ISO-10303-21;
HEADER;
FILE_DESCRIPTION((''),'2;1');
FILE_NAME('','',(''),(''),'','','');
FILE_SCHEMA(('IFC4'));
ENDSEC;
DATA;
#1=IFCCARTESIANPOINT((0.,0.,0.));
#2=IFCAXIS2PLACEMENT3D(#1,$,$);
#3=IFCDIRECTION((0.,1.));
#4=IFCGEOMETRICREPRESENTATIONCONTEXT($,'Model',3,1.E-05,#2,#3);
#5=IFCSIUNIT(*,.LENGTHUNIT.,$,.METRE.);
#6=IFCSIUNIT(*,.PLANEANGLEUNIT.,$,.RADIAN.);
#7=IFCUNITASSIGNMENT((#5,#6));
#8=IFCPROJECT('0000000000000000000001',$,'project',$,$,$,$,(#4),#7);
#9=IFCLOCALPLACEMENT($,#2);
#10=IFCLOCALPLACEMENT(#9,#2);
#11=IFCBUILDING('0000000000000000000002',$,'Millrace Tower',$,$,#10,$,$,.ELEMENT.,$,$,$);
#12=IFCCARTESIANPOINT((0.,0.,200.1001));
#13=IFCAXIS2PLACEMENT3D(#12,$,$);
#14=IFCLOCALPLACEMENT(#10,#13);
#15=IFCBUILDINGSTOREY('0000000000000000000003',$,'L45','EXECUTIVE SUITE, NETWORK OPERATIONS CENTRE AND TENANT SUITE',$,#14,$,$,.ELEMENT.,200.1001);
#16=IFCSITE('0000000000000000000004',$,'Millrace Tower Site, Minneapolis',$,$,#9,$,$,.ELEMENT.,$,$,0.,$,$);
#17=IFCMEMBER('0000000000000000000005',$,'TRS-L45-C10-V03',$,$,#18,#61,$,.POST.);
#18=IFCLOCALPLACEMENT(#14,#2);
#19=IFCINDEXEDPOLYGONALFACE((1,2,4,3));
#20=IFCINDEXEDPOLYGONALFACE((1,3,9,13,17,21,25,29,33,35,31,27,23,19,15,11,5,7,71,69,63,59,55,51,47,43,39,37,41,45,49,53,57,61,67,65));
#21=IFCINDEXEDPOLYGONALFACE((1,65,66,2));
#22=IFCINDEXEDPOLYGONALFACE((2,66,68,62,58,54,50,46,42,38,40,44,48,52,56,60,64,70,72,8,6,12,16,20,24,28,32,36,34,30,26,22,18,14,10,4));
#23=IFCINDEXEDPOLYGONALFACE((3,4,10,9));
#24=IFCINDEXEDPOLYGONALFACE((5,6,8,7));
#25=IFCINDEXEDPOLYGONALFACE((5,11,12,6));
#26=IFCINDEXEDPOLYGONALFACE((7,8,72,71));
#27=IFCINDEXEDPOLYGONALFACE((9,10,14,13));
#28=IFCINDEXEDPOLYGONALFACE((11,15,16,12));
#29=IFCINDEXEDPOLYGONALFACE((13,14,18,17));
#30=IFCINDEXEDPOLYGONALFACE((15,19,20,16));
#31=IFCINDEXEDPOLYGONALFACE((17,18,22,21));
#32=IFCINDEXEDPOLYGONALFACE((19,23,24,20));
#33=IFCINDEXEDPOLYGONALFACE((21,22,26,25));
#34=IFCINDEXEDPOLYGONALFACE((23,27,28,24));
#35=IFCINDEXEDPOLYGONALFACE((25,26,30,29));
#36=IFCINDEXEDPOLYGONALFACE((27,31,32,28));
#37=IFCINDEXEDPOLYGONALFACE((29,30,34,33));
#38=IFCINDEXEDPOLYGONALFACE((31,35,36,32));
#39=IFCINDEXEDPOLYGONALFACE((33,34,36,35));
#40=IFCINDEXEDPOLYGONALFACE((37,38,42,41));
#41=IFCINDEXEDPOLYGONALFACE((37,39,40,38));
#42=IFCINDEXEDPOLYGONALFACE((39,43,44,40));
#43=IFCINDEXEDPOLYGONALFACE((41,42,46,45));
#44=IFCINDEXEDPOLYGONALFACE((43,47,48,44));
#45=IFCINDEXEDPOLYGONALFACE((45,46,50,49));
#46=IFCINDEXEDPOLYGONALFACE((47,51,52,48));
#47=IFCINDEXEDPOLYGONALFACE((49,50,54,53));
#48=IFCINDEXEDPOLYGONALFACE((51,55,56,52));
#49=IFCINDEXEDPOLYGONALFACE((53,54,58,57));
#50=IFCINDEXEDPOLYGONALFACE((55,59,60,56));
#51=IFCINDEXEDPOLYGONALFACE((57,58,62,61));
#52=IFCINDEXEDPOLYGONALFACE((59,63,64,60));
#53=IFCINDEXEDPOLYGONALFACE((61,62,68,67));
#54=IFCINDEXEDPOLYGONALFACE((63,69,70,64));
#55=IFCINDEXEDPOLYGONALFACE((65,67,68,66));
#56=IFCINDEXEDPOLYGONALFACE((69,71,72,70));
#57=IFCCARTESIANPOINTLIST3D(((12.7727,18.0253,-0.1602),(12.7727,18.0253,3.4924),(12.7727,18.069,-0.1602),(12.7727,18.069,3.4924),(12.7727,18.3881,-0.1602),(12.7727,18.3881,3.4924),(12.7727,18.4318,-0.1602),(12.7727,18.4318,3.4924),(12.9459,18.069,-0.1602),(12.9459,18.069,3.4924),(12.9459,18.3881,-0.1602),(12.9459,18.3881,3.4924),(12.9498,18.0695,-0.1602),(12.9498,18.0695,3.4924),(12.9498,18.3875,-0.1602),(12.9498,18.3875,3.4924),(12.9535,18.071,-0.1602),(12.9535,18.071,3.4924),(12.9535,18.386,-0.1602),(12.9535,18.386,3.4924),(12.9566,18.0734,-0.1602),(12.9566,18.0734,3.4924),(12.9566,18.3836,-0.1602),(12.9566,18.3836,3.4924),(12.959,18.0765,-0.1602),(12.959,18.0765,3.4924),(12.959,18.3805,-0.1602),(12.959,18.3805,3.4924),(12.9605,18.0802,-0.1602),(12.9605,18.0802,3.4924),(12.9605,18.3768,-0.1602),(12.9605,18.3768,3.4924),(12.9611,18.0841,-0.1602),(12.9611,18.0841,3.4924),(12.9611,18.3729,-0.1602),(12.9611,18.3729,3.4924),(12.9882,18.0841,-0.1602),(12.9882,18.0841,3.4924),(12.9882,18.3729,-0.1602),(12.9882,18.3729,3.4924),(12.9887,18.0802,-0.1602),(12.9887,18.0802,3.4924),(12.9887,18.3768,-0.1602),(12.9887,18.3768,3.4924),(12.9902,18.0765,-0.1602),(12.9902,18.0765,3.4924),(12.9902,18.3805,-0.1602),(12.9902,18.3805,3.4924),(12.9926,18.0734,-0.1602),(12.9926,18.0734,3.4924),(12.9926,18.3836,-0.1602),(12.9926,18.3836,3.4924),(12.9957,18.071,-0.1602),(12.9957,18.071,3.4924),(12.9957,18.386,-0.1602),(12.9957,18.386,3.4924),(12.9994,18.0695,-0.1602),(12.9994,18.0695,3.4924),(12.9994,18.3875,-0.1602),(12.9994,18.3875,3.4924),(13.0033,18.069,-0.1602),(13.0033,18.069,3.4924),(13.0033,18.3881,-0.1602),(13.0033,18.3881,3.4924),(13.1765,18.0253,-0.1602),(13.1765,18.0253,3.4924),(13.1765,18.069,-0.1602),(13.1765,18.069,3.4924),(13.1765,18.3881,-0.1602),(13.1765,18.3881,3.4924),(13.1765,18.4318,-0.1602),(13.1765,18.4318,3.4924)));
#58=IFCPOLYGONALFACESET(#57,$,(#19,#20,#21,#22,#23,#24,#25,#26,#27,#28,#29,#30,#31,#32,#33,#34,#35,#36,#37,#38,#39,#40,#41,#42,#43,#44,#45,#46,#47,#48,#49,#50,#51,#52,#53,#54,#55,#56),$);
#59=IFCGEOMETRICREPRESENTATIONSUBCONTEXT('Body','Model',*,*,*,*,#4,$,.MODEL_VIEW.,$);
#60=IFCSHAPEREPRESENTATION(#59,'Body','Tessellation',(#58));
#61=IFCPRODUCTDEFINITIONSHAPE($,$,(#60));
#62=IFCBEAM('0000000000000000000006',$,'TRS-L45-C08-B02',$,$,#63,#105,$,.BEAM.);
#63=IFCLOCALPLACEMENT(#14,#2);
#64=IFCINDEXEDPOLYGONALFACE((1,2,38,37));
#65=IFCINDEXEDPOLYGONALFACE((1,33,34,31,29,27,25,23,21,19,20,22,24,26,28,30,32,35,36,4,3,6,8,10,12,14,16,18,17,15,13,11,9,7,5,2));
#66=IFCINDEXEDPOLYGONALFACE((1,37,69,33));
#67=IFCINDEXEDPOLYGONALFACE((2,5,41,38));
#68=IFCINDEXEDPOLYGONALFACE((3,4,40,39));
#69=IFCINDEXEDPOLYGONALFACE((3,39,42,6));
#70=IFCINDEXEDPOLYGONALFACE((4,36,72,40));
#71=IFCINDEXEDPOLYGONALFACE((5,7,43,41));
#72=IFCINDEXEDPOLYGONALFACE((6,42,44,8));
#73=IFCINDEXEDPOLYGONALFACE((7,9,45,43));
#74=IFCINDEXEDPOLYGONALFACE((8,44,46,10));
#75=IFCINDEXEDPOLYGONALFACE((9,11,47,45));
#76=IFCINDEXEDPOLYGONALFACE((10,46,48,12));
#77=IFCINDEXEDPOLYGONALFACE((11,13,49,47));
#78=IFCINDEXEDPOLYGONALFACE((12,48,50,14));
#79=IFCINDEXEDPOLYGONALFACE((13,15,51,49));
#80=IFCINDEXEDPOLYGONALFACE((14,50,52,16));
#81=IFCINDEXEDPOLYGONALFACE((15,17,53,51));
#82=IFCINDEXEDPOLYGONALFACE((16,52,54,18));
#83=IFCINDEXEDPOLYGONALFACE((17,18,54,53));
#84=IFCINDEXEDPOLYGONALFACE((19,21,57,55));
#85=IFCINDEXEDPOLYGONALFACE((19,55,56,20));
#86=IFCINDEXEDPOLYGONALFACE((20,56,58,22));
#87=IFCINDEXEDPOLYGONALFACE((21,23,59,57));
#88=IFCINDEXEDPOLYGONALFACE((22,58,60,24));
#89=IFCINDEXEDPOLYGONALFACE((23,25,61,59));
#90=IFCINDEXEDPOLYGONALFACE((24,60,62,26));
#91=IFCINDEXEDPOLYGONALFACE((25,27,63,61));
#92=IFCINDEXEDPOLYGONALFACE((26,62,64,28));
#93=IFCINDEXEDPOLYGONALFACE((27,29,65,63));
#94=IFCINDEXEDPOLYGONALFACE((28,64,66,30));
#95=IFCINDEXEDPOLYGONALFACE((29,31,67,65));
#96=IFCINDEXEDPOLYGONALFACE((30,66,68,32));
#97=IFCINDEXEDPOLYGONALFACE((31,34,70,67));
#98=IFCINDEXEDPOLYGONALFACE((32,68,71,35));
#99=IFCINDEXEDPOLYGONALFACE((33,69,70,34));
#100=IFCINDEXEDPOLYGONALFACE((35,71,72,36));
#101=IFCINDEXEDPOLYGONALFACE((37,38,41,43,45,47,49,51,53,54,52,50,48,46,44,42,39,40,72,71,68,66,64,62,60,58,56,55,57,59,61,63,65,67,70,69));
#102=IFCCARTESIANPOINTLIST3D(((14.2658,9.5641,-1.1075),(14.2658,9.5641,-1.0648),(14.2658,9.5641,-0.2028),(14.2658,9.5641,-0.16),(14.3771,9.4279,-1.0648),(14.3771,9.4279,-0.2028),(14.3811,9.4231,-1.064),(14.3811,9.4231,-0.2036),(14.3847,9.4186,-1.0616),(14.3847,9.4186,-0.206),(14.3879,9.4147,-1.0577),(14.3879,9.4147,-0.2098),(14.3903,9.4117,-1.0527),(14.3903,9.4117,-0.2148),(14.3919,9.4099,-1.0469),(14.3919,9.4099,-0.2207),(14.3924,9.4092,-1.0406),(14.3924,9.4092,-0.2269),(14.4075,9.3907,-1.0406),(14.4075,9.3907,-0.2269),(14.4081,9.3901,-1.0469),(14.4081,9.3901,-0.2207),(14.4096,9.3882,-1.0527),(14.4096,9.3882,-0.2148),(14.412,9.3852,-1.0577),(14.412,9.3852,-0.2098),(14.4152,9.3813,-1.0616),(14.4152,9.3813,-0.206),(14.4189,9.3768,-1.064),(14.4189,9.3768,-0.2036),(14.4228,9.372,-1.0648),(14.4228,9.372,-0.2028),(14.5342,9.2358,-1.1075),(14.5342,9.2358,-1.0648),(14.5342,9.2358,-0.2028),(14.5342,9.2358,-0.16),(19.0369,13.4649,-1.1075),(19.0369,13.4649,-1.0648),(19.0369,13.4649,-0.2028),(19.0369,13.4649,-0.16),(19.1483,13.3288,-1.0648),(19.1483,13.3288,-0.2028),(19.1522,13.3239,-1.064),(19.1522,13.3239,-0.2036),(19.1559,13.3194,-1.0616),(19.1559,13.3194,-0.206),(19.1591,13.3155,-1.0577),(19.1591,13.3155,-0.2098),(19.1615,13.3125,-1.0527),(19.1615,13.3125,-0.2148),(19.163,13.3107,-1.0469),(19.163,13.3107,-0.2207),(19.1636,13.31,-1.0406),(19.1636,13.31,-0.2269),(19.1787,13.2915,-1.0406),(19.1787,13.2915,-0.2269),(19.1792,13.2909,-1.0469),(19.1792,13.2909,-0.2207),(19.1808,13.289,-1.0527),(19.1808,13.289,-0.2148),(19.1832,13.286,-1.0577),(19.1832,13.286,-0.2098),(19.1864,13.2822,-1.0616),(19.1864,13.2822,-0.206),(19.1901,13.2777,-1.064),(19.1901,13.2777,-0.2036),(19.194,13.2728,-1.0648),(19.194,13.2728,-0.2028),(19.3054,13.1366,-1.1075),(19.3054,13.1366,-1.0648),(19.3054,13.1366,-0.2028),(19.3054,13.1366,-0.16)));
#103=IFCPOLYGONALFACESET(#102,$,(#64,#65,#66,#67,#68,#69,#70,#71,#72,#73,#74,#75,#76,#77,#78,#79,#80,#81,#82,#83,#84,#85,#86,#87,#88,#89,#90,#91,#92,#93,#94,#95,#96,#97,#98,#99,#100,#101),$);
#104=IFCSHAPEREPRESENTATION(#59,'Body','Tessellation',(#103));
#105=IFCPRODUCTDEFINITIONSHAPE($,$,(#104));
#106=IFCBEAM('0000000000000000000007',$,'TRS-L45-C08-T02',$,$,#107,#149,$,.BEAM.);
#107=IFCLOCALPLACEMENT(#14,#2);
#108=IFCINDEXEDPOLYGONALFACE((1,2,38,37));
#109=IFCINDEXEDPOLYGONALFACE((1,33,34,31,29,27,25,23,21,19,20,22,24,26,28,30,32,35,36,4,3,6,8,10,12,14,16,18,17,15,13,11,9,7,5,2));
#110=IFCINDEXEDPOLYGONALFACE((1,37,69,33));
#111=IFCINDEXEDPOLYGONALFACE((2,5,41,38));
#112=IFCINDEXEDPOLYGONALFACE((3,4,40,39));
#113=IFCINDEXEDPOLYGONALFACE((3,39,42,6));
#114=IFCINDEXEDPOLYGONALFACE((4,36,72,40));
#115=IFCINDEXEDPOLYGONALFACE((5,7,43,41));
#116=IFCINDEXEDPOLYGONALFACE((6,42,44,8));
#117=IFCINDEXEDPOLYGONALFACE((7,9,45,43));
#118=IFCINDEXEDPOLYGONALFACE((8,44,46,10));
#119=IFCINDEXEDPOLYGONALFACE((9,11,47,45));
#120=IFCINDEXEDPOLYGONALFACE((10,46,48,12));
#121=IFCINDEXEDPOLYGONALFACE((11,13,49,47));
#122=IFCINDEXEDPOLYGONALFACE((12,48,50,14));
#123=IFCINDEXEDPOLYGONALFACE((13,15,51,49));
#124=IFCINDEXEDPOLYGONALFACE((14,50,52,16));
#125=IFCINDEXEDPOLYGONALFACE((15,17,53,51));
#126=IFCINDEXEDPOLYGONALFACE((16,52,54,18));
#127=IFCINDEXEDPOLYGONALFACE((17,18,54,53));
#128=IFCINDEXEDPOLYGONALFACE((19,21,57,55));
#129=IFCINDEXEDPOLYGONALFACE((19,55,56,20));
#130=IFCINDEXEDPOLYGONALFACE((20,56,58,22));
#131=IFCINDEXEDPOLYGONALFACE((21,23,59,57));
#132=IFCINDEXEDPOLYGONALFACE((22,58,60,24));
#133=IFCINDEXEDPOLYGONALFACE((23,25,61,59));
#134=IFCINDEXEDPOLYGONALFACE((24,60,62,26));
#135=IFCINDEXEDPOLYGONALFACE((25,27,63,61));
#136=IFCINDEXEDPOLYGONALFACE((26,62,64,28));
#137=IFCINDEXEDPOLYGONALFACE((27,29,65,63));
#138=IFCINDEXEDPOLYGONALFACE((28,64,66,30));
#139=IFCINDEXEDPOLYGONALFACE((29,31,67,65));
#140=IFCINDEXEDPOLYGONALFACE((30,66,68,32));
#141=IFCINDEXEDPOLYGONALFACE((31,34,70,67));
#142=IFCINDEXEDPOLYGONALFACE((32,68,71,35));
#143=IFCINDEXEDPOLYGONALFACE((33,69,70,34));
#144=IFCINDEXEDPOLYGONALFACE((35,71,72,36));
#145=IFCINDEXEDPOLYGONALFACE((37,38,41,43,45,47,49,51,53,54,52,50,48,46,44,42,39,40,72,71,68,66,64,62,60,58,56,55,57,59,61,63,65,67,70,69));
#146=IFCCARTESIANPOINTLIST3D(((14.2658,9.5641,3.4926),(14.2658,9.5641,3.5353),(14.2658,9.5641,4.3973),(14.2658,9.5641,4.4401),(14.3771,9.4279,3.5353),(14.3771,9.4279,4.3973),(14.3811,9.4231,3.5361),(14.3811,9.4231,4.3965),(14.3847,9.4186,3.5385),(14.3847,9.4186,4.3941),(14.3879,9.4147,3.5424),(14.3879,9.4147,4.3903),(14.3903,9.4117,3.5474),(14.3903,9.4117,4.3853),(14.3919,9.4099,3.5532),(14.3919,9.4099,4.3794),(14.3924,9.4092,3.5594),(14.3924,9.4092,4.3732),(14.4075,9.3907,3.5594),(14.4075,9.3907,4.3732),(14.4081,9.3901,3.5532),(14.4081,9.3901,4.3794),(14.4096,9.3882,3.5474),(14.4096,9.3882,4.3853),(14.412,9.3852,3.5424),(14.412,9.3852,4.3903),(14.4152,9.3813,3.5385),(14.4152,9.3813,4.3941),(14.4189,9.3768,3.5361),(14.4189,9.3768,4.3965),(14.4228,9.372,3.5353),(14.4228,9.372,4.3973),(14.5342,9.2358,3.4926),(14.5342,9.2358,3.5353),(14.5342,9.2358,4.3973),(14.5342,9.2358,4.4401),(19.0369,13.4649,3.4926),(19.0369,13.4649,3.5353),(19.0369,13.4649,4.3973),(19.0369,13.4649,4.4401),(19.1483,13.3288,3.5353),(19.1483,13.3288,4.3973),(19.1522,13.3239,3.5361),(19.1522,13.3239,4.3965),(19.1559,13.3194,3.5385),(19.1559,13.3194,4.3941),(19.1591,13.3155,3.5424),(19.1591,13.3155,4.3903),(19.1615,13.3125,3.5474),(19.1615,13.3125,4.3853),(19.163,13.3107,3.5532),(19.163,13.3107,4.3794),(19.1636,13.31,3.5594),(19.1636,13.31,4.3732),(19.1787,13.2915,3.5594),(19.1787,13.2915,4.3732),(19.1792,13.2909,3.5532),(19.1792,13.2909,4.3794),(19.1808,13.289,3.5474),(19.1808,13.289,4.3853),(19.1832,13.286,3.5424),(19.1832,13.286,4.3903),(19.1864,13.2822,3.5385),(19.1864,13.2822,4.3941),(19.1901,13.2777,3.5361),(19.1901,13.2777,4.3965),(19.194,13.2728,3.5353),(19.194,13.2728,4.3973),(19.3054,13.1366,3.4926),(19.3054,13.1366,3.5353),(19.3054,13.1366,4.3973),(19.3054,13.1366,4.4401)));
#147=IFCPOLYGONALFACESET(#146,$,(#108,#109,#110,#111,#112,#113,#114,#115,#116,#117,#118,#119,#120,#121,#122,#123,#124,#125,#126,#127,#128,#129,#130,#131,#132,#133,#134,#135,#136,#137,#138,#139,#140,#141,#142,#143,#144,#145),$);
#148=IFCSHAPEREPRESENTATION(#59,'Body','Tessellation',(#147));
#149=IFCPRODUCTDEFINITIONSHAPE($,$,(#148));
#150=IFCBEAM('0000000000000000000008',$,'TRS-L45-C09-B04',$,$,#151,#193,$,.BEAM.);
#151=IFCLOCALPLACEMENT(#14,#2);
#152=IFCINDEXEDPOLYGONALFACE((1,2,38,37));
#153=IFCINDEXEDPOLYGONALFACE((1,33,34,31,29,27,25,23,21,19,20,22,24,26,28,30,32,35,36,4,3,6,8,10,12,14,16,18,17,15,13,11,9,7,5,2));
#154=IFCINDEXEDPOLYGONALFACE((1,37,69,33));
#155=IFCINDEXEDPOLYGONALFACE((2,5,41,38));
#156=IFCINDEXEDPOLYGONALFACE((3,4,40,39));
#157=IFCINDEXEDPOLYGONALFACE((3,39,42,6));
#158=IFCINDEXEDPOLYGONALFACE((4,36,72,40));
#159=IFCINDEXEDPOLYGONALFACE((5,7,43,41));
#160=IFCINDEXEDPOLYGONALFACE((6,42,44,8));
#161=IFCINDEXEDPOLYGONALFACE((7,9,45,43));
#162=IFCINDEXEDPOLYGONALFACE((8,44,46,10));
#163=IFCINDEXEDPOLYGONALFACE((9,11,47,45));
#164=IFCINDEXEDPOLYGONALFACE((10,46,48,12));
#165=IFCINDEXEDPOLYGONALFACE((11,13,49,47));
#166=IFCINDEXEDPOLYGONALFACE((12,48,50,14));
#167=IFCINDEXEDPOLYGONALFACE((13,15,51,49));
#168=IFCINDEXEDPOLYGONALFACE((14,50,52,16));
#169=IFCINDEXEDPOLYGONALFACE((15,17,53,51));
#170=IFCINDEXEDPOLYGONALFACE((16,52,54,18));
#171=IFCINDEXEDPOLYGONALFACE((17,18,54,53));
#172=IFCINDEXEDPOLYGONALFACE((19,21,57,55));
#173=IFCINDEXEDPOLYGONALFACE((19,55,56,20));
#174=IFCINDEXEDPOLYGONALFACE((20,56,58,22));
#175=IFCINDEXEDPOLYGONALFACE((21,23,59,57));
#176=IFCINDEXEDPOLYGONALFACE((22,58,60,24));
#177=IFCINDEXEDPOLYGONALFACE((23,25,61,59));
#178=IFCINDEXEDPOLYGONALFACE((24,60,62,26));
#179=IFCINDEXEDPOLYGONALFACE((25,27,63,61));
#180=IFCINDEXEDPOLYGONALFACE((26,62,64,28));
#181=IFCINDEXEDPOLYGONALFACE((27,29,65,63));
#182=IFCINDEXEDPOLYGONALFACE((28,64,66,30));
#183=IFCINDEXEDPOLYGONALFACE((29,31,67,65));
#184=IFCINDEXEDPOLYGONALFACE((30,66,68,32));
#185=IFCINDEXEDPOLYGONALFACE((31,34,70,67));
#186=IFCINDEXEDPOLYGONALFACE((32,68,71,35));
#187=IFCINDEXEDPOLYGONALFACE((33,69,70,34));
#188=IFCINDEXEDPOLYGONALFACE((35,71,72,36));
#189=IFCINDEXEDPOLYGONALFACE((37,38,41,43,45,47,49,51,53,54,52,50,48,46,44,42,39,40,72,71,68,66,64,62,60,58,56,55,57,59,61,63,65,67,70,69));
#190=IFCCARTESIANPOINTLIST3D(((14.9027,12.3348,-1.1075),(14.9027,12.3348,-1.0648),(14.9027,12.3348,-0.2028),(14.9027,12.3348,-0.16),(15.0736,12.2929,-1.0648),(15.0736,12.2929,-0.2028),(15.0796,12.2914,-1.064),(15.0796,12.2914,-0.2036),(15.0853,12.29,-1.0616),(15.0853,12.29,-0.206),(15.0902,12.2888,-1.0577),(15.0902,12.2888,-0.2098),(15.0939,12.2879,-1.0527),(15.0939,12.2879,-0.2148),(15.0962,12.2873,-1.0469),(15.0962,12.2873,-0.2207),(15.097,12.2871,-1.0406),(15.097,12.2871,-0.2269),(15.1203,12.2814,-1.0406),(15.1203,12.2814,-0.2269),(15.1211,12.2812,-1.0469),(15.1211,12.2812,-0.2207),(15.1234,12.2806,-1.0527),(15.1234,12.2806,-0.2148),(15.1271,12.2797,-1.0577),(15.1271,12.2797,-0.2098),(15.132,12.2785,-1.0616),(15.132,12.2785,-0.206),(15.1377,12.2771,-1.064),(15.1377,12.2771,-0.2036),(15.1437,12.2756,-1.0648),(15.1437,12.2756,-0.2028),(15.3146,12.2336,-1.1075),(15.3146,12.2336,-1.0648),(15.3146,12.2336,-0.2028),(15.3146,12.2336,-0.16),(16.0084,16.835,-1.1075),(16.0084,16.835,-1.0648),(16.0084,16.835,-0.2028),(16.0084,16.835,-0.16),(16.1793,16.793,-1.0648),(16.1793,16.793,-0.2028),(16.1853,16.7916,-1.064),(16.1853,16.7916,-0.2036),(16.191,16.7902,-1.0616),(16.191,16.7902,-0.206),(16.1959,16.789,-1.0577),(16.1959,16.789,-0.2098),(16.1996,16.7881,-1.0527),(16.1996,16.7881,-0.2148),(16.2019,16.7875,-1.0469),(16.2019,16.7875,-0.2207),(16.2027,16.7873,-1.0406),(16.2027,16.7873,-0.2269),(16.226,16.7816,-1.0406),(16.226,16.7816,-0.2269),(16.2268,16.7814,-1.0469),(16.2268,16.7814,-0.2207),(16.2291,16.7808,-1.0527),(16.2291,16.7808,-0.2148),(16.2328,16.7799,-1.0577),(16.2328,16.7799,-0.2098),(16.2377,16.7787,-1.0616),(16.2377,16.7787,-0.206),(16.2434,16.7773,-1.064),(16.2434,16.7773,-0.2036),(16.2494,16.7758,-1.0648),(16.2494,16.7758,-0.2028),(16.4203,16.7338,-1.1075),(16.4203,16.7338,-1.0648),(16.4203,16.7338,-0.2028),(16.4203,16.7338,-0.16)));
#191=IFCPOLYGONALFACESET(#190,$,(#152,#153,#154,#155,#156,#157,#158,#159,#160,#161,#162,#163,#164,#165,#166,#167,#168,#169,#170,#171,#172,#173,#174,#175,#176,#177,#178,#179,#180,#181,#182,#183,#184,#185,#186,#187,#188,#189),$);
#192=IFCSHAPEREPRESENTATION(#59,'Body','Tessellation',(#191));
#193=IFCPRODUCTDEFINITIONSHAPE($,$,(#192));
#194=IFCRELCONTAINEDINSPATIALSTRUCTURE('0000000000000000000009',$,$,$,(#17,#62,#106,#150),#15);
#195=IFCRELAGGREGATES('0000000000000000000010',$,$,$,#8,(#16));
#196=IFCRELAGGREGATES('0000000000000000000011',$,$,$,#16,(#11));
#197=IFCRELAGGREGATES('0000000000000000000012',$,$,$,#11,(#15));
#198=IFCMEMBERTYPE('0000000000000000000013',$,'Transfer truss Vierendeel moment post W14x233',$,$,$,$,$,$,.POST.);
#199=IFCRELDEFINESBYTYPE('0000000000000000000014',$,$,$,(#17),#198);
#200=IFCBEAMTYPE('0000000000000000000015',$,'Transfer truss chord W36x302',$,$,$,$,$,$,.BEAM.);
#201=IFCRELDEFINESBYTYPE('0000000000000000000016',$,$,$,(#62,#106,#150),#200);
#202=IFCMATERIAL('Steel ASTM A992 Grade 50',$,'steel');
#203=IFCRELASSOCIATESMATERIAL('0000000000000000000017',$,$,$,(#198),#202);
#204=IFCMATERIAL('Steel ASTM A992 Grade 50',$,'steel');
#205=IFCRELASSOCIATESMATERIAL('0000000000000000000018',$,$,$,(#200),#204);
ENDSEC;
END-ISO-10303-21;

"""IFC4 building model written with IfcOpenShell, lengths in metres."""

from ifc_helpers import new_model, si_unit, direction, frame, origin, origin_2d, place, context, subcontext, project, spatial, i_section, extrude, material, material_profile, profile_set, type_object, element, save


model = new_model("IFC4")

# Units and contexts
model_context = context("Model", 3, precision=1e-05, world=origin(), true_north=direction((0.0, 1.0)))
body_context = subcontext(model_context, "Body", "Model", "MODEL_VIEW")
ifc_project = project(units=[si_unit("LENGTHUNIT", "METRE"), si_unit("PLANEANGLEUNIT", "RADIAN")], contexts=[model_context])

# Site, building, storey
site_placement = place(None, origin())
site = spatial("IfcSite", under=ifc_project, at=site_placement, Name="Millrace Tower Site, Minneapolis", CompositionType="ELEMENT", RefElevation=0.0)
building_placement = place(site_placement, origin())
building = spatial("IfcBuilding", under=site, at=building_placement, Name="Millrace Tower", CompositionType="ELEMENT")
storey_placement = place(building_placement, frame((0.0, 0.0, 200.1001)))
storey = spatial("IfcBuildingStorey", under=building, at=storey_placement, Name="L45", Description="EXECUTIVE SUITE, NETWORK OPERATIONS CENTRE AND TENANT SUITE", CompositionType="ELEMENT", Elevation=200.1001)

# Member
ifc_material_1 = material(Name="Steel ASTM A992 Grade 50", Category="steel")
ifc_material_profile_1 = material_profile(ifc_material_1, i_section(OverallWidth=0.4038, OverallDepth=0.4065, WebThickness=0.0271, FlangeThickness=0.0437, FilletRadius=0.0151, at=origin_2d()))
ifc_profile_set_1 = profile_set([ifc_material_profile_1], Name="Steel ASTM A992 Grade 50")
member_type_1 = type_object("IfcMemberType", Name="Transfer truss Vierendeel moment post W14x233", PredefinedType="POST", material=ifc_profile_set_1)
for number, where, z_axis, x_axis, name in (
    (1, (12.9746, 18.2285, -0.1602), (0.0, 0.0, 1.0), (1.0, 0.0, 0.0), "TRS-L45-C10-V03"),
):
    element("IfcMember", number, at=place(storey_placement, frame(where, z_axis=z_axis, x_axis=x_axis)), inside=storey, type_object=member_type_1, Name=name, PredefinedType="POST", context=body_context, shape_type="SweptSolid", body=[
        extrude(i_section(OverallWidth=0.4038, OverallDepth=0.4065, WebThickness=0.0271, FlangeThickness=0.0437, FilletRadius=0.0151, at=origin_2d()), origin(), (0.0, 0.0, 1.0), 3.6526),
    ])

# Beams
ifc_material_2 = material(Name="Steel ASTM A992 Grade 50", Category="steel")
ifc_material_profile_2 = material_profile(ifc_material_2, i_section(OverallWidth=0.4241, OverallDepth=0.9475, WebThickness=0.0239, FlangeThickness=0.0427, FilletRadius=0.0242, at=origin_2d()))
ifc_profile_set_2 = profile_set([ifc_material_profile_2], Name="Steel ASTM A992 Grade 50")
beam_type_1 = type_object("IfcBeamType", Name="Transfer truss chord W36x302", PredefinedType="BEAM", material=ifc_profile_set_2)
for number, where, z_axis, x_axis, name in (
    (2, (19.1711, 13.3008, -0.6338), (-0.774185, -0.632959, 0.0), (0.632959, -0.774185, 0.0), "TRS-L45-C08-B02"),
    (3, (19.1711, 13.3008, 3.9663), (-0.774185, -0.632959, 0.0), (0.632959, -0.774185, 0.0), "TRS-L45-C08-T02"),
):
    element("IfcBeam", number, at=place(storey_placement, frame(where, z_axis=z_axis, x_axis=x_axis)), inside=storey, type_object=beam_type_1, Name=name, PredefinedType="BEAM", context=body_context, shape_type="SweptSolid", body=[
        extrude(i_section(OverallWidth=0.4241, OverallDepth=0.9475, WebThickness=0.0239, FlangeThickness=0.0427, FilletRadius=0.0242, at=origin_2d()), origin(), (0.0, 0.0, 1.0), 6.1628),
    ])
for number, where, z_axis, x_axis, name in (
    (4, (16.2144, 16.7844, -0.6338), (-0.238604, -0.971117, 0.0), (0.971117, -0.238604, 0.0), "TRS-L45-C09-B04"),
):
    element("IfcBeam", number, at=place(storey_placement, frame(where, z_axis=z_axis, x_axis=x_axis)), inside=storey, type_object=beam_type_1, Name=name, PredefinedType="BEAM", context=body_context, shape_type="SweptSolid", body=[
        extrude(i_section(OverallWidth=0.4241, OverallDepth=0.9475, WebThickness=0.0239, FlangeThickness=0.0427, FilletRadius=0.0242, at=origin_2d()), origin(), (0.0, 0.0, 1.0), 4.634),
    ])

save(model, "model.ifc")
